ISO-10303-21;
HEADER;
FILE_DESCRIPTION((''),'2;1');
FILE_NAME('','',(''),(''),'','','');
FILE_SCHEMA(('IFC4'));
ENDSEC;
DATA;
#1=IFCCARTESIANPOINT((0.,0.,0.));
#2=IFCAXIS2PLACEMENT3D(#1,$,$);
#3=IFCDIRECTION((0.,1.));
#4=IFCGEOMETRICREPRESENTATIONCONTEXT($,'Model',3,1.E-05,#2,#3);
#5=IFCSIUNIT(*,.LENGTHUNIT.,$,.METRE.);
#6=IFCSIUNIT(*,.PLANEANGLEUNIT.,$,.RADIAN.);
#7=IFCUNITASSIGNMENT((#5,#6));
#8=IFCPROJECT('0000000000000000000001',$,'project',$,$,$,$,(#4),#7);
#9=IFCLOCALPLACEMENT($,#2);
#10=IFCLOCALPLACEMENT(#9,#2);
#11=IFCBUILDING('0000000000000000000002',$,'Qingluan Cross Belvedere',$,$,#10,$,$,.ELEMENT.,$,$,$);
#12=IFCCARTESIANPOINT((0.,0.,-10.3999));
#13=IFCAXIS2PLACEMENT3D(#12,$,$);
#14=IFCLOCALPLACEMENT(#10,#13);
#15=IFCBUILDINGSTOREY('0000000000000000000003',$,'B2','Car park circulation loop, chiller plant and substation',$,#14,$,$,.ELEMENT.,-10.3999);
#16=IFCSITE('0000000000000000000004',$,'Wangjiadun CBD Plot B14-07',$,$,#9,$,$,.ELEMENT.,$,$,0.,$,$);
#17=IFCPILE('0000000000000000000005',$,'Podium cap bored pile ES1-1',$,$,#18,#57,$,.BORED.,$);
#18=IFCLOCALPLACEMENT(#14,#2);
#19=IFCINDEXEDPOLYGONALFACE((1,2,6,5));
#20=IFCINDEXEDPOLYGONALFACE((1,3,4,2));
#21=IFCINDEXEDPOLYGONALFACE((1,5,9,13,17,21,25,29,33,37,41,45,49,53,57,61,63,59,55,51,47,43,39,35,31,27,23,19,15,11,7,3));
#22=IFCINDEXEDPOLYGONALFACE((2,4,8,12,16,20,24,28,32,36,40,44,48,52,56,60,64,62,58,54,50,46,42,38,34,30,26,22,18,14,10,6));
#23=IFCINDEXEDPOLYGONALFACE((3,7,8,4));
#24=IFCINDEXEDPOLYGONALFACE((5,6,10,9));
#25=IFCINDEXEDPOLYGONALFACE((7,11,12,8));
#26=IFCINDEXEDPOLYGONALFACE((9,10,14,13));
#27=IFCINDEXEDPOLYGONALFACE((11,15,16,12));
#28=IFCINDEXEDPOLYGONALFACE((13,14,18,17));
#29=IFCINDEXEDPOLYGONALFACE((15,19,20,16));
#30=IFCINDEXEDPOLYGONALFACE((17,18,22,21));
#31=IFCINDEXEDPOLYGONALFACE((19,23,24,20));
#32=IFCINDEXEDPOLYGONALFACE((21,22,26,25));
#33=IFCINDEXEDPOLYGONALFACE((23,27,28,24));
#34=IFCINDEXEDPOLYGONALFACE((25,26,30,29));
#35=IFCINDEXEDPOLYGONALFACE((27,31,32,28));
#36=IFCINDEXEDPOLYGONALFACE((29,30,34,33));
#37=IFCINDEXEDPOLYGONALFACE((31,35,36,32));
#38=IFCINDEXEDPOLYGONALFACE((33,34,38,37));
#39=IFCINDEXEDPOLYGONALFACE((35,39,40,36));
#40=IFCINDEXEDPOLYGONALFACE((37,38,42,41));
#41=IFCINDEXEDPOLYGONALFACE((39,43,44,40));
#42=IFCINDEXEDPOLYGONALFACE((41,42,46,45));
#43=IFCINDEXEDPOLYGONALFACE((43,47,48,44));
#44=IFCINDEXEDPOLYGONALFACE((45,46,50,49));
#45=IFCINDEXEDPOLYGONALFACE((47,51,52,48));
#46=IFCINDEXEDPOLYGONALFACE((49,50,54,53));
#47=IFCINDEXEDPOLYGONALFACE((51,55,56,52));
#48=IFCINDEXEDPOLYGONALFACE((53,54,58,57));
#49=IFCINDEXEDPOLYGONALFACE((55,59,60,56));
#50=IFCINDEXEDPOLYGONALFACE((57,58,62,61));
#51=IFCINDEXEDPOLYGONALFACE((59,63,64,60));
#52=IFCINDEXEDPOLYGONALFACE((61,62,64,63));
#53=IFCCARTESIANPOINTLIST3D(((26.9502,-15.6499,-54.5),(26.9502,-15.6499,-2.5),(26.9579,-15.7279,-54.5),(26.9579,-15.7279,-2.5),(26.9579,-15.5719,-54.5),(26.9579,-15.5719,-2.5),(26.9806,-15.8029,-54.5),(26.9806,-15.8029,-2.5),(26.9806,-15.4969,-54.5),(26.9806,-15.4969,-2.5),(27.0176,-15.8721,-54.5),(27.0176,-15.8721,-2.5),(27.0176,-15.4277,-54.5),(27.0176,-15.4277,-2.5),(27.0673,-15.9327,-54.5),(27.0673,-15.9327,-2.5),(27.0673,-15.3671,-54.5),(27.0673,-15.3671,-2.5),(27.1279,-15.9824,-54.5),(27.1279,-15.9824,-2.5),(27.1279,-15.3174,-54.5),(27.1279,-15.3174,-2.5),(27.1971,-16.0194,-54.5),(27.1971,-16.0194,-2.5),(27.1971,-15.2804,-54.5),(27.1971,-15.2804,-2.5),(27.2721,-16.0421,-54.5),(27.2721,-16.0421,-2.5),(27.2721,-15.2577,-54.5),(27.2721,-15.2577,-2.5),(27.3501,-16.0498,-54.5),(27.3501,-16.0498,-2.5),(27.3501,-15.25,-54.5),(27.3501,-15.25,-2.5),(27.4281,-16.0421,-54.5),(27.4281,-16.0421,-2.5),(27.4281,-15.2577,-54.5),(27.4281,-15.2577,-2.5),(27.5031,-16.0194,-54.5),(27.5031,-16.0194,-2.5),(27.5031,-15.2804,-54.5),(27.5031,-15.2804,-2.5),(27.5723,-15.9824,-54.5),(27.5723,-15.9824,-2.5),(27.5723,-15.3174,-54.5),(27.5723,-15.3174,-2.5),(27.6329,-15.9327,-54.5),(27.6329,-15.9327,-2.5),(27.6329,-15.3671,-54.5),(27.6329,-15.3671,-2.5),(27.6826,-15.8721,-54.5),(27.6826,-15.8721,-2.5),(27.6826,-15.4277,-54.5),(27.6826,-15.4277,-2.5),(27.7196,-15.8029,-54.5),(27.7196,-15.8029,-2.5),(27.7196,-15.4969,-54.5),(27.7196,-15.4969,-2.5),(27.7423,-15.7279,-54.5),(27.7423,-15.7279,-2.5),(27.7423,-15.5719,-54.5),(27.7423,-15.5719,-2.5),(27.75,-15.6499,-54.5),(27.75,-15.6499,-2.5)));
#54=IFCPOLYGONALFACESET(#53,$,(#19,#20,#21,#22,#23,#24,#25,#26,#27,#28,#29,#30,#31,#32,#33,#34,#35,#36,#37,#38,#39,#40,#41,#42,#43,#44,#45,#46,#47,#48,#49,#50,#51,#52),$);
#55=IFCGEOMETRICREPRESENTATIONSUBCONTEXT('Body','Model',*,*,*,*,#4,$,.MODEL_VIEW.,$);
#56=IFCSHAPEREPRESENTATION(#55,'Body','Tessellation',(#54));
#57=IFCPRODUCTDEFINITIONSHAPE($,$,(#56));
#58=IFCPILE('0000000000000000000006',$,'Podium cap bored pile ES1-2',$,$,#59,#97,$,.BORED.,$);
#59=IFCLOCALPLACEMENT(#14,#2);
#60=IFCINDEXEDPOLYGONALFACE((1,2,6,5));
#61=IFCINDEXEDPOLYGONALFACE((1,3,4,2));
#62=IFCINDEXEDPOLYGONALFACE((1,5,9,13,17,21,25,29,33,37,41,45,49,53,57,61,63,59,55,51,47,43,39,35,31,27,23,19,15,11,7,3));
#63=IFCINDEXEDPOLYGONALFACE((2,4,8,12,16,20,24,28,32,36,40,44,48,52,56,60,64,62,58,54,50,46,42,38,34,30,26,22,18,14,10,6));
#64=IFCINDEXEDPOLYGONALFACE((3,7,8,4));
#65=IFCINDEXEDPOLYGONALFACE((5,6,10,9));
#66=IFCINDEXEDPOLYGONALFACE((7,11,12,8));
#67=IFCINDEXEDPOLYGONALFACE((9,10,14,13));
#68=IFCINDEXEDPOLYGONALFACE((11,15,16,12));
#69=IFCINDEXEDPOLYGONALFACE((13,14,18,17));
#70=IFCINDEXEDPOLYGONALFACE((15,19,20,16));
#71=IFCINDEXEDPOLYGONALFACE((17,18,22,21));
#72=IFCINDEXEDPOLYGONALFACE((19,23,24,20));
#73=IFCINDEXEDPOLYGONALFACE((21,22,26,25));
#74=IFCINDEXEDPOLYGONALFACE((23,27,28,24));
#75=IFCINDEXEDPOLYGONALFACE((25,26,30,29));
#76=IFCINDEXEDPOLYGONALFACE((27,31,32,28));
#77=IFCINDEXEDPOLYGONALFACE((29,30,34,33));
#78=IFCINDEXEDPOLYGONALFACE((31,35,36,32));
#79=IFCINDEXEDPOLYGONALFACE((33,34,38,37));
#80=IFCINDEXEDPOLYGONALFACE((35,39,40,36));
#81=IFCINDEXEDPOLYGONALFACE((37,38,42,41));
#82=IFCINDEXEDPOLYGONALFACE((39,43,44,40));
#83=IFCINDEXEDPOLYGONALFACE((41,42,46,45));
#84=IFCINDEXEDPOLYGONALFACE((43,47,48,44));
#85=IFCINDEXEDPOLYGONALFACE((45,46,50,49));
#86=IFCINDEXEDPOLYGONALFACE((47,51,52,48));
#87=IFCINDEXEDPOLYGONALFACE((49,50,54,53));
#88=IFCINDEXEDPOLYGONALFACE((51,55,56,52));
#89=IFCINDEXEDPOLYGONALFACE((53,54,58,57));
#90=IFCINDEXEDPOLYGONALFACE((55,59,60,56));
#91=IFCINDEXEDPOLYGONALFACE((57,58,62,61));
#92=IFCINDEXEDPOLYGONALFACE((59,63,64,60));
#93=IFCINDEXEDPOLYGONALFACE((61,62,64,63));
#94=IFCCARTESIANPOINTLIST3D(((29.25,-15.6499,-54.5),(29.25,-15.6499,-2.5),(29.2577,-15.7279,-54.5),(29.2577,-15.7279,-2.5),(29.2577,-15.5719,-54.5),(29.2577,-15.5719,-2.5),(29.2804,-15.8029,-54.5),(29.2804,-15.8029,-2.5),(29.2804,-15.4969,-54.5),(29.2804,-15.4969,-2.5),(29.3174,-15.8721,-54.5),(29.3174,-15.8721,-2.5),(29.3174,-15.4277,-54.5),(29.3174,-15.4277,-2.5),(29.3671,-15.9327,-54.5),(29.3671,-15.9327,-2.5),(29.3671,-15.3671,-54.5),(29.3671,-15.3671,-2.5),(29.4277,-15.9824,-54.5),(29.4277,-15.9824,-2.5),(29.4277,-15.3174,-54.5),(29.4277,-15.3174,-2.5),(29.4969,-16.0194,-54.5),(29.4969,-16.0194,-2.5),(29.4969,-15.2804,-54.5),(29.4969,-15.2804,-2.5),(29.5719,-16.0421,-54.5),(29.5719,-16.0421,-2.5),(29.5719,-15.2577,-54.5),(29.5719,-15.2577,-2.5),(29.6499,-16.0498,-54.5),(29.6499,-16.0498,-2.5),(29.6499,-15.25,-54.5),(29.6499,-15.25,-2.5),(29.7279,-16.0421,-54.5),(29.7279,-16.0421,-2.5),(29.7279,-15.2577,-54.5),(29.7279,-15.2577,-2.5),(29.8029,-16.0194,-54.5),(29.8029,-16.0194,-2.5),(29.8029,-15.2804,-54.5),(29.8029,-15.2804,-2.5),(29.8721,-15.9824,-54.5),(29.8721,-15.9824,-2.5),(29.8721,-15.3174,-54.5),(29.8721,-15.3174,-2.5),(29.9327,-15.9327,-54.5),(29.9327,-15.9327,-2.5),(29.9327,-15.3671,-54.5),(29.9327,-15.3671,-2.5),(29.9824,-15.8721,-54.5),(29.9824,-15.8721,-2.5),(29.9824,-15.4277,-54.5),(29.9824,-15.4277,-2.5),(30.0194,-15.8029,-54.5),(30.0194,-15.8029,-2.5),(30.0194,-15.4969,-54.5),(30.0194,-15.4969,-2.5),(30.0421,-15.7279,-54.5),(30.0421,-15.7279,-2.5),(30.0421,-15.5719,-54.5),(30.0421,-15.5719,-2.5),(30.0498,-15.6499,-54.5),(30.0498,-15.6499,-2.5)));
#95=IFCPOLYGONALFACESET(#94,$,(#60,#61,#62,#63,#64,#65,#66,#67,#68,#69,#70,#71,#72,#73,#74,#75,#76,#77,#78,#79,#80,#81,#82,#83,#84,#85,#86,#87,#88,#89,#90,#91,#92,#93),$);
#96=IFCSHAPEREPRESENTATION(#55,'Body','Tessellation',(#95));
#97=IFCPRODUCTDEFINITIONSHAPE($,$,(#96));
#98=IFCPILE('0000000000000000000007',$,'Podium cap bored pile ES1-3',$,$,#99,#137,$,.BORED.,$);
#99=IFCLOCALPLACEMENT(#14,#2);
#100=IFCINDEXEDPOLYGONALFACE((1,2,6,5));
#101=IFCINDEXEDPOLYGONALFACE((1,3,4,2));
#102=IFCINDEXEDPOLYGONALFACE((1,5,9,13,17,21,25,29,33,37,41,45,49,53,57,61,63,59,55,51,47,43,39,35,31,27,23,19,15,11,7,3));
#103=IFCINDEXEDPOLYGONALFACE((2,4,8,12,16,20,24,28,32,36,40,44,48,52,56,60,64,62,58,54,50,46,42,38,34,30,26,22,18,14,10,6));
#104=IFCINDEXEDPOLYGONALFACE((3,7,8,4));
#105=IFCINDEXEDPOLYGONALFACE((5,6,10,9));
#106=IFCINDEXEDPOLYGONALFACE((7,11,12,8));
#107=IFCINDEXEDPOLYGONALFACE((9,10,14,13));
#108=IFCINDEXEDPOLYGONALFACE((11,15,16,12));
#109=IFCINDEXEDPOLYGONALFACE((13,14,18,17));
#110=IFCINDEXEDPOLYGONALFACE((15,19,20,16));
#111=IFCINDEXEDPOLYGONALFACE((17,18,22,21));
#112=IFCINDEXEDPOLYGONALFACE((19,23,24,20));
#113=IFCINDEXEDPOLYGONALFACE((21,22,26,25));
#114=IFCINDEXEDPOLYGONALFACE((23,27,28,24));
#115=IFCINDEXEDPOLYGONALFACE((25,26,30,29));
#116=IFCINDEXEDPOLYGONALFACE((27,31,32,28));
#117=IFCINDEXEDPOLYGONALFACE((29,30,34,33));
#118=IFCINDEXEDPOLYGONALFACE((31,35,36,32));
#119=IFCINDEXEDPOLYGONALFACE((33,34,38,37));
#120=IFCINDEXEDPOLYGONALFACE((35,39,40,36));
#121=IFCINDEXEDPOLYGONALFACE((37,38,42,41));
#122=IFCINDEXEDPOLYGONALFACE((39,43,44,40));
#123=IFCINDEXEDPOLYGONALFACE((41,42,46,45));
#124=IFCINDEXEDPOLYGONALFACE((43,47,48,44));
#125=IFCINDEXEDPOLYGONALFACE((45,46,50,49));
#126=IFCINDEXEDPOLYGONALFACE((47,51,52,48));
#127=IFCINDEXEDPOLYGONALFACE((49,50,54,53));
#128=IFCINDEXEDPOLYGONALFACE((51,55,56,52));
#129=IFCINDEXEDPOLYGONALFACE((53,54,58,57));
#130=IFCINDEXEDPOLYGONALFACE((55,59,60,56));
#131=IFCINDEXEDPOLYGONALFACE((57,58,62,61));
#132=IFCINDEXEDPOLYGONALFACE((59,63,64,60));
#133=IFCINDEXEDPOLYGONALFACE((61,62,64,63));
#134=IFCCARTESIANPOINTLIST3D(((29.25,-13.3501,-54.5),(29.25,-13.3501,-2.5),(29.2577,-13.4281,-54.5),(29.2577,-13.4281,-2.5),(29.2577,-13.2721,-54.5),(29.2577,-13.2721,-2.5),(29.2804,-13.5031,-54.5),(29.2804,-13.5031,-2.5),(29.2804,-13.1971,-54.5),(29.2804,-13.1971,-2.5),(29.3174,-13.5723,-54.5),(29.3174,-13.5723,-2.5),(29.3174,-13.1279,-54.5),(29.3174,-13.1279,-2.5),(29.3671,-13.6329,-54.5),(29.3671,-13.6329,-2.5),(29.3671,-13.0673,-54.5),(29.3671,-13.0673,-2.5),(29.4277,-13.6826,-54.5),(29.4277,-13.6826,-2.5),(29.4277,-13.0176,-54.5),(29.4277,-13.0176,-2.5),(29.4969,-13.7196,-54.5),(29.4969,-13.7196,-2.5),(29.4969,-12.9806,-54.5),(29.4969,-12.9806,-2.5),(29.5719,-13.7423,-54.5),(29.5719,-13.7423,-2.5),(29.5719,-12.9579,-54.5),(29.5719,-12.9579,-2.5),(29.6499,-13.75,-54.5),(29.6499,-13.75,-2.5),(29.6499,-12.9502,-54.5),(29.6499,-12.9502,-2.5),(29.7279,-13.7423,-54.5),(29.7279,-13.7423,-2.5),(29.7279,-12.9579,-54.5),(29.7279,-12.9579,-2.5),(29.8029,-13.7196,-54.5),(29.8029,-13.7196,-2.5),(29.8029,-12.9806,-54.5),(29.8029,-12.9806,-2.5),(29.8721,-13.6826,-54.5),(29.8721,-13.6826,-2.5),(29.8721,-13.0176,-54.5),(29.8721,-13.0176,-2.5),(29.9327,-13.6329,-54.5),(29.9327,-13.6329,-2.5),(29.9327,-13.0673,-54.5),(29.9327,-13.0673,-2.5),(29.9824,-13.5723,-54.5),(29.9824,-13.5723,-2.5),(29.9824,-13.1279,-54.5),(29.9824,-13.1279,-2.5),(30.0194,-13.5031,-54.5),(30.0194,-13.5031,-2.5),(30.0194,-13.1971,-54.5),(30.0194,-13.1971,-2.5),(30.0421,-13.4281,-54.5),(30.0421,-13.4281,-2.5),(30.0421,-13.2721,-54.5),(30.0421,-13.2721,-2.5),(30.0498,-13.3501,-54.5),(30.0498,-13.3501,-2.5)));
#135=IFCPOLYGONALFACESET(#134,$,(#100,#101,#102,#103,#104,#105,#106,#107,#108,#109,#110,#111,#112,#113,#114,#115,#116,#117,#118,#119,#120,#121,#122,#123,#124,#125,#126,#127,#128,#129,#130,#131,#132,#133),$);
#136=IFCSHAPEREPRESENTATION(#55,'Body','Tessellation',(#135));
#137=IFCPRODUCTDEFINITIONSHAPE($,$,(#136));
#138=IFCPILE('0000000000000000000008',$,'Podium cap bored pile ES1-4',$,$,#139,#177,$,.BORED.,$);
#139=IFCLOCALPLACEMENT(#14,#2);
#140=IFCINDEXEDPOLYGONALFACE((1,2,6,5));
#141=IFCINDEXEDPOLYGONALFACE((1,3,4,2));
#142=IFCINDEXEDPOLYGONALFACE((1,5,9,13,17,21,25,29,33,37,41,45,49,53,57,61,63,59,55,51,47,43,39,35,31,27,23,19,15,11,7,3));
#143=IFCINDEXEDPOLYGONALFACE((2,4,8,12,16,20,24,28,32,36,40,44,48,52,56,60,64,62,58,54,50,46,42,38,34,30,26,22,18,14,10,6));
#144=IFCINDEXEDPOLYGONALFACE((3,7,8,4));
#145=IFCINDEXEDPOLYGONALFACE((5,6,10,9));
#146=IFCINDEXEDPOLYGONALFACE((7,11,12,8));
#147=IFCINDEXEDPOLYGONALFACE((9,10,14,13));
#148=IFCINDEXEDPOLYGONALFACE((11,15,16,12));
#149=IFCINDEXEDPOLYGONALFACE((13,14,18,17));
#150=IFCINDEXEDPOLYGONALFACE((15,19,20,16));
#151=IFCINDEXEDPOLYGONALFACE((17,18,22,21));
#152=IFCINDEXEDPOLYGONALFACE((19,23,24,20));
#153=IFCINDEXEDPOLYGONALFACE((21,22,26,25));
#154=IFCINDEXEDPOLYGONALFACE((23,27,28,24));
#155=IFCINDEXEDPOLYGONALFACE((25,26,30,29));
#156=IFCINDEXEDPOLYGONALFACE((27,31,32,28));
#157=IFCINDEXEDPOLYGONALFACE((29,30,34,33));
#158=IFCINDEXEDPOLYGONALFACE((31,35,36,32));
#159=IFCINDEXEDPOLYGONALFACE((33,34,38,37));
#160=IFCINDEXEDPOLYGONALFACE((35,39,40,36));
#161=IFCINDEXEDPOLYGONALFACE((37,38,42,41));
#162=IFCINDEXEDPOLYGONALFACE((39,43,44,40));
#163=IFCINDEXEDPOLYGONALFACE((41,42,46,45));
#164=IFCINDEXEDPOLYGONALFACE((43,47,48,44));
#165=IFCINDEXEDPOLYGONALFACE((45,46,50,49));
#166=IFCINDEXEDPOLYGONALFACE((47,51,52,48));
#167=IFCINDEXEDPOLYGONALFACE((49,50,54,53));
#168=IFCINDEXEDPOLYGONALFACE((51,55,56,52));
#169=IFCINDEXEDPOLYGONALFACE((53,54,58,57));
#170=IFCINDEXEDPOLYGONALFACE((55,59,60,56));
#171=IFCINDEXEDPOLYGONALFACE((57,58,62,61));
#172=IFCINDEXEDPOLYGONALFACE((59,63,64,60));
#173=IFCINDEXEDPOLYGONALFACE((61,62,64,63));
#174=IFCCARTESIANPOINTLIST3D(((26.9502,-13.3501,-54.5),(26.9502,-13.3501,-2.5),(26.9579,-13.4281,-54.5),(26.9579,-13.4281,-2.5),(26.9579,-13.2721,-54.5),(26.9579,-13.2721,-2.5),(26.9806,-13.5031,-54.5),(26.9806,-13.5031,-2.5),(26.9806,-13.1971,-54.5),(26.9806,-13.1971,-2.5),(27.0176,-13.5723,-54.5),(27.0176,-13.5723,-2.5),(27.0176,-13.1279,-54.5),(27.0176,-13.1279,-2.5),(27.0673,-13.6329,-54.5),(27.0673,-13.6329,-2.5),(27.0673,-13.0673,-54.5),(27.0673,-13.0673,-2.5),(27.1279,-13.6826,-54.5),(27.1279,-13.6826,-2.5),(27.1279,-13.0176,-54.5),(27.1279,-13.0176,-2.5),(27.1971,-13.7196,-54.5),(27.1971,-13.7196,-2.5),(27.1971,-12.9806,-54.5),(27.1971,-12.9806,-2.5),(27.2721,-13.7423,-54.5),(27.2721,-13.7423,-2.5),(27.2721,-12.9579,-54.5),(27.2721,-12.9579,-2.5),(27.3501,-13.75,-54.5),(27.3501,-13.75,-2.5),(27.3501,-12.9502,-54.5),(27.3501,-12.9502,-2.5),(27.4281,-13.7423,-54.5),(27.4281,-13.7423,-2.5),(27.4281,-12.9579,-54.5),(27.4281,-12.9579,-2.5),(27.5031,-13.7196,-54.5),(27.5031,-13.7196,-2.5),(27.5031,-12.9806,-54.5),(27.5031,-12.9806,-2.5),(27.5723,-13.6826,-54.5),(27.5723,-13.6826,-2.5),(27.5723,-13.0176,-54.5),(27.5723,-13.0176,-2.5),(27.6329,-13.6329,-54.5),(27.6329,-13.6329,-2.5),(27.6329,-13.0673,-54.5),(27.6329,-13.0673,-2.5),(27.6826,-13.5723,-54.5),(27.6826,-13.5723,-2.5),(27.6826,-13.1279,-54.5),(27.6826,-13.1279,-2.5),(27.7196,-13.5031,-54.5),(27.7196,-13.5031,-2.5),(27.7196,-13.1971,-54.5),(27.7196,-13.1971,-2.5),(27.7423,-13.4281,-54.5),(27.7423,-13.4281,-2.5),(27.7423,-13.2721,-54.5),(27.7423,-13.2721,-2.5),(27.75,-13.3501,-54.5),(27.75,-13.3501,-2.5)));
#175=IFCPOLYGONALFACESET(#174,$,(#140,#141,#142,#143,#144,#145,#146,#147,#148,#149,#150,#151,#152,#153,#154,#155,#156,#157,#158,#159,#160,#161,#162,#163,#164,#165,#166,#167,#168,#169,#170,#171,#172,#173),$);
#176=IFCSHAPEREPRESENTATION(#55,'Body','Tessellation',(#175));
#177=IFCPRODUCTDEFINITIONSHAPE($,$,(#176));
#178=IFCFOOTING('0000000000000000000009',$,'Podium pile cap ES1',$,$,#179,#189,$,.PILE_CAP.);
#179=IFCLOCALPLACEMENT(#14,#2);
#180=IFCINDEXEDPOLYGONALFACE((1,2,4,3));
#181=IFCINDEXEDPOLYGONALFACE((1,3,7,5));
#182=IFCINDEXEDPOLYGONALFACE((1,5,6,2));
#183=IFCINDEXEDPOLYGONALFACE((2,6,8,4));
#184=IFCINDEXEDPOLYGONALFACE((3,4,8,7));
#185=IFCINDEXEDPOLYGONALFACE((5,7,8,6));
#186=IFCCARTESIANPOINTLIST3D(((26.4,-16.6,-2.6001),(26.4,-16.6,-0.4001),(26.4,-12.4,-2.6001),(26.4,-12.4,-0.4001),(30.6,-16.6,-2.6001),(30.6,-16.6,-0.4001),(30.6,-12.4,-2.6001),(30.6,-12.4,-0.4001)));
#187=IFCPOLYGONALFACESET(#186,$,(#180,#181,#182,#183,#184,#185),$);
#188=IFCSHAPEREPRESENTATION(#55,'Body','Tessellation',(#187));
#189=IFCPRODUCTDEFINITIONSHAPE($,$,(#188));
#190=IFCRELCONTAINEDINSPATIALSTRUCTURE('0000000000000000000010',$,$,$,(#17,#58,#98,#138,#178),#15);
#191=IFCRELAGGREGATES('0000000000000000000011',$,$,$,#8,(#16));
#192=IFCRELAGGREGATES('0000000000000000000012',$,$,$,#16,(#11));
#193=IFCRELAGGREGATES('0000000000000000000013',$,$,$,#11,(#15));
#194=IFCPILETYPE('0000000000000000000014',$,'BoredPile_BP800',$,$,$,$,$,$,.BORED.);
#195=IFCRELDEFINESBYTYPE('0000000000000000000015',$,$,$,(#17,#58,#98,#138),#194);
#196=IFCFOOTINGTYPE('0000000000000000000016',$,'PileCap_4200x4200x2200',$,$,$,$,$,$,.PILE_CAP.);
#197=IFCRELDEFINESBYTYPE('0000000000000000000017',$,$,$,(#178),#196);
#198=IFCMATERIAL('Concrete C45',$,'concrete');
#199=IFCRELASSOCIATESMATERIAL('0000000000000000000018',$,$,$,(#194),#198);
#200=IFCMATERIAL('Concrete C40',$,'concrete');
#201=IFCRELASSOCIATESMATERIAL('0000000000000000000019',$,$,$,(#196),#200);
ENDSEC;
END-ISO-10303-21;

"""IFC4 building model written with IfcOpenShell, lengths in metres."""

from ifc_helpers import new_model, si_unit, direction, frame, origin, origin_2d, place, context, subcontext, project, spatial, rectangle, circle, extrude, material, material_profile, profile_set, type_object, element, save


model = new_model("IFC4")

# Units and contexts
model_context = context("Model", 3, precision=1e-05, world=origin(), true_north=direction((0.0, 1.0)))
body_context = subcontext(model_context, "Body", "Model", "MODEL_VIEW")
ifc_project = project(units=[si_unit("LENGTHUNIT", "METRE"), si_unit("PLANEANGLEUNIT", "RADIAN")], contexts=[model_context])

# Site, building, storey
site_placement = place(None, origin())
site = spatial("IfcSite", under=ifc_project, at=site_placement, Name="Wangjiadun CBD Plot B14-07", CompositionType="ELEMENT", RefElevation=0.0)
building_placement = place(site_placement, origin())
building = spatial("IfcBuilding", under=site, at=building_placement, Name="Qingluan Cross Belvedere", CompositionType="ELEMENT")
storey_placement = place(building_placement, frame((0.0, 0.0, -10.3999)))
storey = spatial("IfcBuildingStorey", under=building, at=storey_placement, Name="B2", Description="Car park circulation loop, chiller plant and substation", CompositionType="ELEMENT", Elevation=-10.3999)

# Piles
ifc_material_1 = material(Name="Concrete C45", Category="concrete")
ifc_material_profile_1 = material_profile(ifc_material_1, circle(Radius=0.3999, at=origin_2d()), Name="BP800")
ifc_profile_set_1 = profile_set([ifc_material_profile_1], Name="Concrete C45")
pile_type_1 = type_object("IfcPileType", Name="BoredPile_BP800", PredefinedType="BORED", material=ifc_profile_set_1)
for number, where, z_axis, x_axis, name in (
    (1, (27.3501, -15.6499, -2.5), (0.0, 0.0, -1.0), (1.0, 0.0, 0.0), "Podium cap bored pile ES1-1"),
    (2, (29.6499, -15.6499, -2.5), (0.0, 0.0, -1.0), (1.0, 0.0, 0.0), "Podium cap bored pile ES1-2"),
    (3, (29.6499, -13.3501, -2.5), (0.0, 0.0, -1.0), (1.0, 0.0, 0.0), "Podium cap bored pile ES1-3"),
    (4, (27.3501, -13.3501, -2.5), (0.0, 0.0, -1.0), (1.0, 0.0, 0.0), "Podium cap bored pile ES1-4"),
):
    element("IfcPile", number, at=place(storey_placement, frame(where, z_axis=z_axis, x_axis=x_axis)), inside=storey, type_object=pile_type_1, Name=name, PredefinedType="BORED", context=body_context, shape_type="SweptSolid", body=[
        extrude(circle(Radius=0.3999, at=origin_2d()), origin(), (0.0, 0.0, 1.0), 52.0),
    ])

# Footing
ifc_material_2 = material(Name="Concrete C40", Category="concrete")
footing_type = type_object("IfcFootingType", Name="PileCap_4200x4200x2200", PredefinedType="PILE_CAP", material=ifc_material_2)
footing_placement = place(storey_placement, frame((28.5, -14.5, -2.6001), z_axis=(0.0, 0.0, 1.0), x_axis=(1.0, 0.0, 0.0)))
element("IfcFooting", 5, at=footing_placement, inside=storey, type_object=footing_type, Name="Podium pile cap ES1", PredefinedType="PILE_CAP", context=body_context, shape_type="SweptSolid", body=[
    extrude(rectangle(XDim=4.2, YDim=4.2, at=origin_2d()), origin(), (0.0, 0.0, 1.0), 2.2),
])

save(model, "model.ifc")
